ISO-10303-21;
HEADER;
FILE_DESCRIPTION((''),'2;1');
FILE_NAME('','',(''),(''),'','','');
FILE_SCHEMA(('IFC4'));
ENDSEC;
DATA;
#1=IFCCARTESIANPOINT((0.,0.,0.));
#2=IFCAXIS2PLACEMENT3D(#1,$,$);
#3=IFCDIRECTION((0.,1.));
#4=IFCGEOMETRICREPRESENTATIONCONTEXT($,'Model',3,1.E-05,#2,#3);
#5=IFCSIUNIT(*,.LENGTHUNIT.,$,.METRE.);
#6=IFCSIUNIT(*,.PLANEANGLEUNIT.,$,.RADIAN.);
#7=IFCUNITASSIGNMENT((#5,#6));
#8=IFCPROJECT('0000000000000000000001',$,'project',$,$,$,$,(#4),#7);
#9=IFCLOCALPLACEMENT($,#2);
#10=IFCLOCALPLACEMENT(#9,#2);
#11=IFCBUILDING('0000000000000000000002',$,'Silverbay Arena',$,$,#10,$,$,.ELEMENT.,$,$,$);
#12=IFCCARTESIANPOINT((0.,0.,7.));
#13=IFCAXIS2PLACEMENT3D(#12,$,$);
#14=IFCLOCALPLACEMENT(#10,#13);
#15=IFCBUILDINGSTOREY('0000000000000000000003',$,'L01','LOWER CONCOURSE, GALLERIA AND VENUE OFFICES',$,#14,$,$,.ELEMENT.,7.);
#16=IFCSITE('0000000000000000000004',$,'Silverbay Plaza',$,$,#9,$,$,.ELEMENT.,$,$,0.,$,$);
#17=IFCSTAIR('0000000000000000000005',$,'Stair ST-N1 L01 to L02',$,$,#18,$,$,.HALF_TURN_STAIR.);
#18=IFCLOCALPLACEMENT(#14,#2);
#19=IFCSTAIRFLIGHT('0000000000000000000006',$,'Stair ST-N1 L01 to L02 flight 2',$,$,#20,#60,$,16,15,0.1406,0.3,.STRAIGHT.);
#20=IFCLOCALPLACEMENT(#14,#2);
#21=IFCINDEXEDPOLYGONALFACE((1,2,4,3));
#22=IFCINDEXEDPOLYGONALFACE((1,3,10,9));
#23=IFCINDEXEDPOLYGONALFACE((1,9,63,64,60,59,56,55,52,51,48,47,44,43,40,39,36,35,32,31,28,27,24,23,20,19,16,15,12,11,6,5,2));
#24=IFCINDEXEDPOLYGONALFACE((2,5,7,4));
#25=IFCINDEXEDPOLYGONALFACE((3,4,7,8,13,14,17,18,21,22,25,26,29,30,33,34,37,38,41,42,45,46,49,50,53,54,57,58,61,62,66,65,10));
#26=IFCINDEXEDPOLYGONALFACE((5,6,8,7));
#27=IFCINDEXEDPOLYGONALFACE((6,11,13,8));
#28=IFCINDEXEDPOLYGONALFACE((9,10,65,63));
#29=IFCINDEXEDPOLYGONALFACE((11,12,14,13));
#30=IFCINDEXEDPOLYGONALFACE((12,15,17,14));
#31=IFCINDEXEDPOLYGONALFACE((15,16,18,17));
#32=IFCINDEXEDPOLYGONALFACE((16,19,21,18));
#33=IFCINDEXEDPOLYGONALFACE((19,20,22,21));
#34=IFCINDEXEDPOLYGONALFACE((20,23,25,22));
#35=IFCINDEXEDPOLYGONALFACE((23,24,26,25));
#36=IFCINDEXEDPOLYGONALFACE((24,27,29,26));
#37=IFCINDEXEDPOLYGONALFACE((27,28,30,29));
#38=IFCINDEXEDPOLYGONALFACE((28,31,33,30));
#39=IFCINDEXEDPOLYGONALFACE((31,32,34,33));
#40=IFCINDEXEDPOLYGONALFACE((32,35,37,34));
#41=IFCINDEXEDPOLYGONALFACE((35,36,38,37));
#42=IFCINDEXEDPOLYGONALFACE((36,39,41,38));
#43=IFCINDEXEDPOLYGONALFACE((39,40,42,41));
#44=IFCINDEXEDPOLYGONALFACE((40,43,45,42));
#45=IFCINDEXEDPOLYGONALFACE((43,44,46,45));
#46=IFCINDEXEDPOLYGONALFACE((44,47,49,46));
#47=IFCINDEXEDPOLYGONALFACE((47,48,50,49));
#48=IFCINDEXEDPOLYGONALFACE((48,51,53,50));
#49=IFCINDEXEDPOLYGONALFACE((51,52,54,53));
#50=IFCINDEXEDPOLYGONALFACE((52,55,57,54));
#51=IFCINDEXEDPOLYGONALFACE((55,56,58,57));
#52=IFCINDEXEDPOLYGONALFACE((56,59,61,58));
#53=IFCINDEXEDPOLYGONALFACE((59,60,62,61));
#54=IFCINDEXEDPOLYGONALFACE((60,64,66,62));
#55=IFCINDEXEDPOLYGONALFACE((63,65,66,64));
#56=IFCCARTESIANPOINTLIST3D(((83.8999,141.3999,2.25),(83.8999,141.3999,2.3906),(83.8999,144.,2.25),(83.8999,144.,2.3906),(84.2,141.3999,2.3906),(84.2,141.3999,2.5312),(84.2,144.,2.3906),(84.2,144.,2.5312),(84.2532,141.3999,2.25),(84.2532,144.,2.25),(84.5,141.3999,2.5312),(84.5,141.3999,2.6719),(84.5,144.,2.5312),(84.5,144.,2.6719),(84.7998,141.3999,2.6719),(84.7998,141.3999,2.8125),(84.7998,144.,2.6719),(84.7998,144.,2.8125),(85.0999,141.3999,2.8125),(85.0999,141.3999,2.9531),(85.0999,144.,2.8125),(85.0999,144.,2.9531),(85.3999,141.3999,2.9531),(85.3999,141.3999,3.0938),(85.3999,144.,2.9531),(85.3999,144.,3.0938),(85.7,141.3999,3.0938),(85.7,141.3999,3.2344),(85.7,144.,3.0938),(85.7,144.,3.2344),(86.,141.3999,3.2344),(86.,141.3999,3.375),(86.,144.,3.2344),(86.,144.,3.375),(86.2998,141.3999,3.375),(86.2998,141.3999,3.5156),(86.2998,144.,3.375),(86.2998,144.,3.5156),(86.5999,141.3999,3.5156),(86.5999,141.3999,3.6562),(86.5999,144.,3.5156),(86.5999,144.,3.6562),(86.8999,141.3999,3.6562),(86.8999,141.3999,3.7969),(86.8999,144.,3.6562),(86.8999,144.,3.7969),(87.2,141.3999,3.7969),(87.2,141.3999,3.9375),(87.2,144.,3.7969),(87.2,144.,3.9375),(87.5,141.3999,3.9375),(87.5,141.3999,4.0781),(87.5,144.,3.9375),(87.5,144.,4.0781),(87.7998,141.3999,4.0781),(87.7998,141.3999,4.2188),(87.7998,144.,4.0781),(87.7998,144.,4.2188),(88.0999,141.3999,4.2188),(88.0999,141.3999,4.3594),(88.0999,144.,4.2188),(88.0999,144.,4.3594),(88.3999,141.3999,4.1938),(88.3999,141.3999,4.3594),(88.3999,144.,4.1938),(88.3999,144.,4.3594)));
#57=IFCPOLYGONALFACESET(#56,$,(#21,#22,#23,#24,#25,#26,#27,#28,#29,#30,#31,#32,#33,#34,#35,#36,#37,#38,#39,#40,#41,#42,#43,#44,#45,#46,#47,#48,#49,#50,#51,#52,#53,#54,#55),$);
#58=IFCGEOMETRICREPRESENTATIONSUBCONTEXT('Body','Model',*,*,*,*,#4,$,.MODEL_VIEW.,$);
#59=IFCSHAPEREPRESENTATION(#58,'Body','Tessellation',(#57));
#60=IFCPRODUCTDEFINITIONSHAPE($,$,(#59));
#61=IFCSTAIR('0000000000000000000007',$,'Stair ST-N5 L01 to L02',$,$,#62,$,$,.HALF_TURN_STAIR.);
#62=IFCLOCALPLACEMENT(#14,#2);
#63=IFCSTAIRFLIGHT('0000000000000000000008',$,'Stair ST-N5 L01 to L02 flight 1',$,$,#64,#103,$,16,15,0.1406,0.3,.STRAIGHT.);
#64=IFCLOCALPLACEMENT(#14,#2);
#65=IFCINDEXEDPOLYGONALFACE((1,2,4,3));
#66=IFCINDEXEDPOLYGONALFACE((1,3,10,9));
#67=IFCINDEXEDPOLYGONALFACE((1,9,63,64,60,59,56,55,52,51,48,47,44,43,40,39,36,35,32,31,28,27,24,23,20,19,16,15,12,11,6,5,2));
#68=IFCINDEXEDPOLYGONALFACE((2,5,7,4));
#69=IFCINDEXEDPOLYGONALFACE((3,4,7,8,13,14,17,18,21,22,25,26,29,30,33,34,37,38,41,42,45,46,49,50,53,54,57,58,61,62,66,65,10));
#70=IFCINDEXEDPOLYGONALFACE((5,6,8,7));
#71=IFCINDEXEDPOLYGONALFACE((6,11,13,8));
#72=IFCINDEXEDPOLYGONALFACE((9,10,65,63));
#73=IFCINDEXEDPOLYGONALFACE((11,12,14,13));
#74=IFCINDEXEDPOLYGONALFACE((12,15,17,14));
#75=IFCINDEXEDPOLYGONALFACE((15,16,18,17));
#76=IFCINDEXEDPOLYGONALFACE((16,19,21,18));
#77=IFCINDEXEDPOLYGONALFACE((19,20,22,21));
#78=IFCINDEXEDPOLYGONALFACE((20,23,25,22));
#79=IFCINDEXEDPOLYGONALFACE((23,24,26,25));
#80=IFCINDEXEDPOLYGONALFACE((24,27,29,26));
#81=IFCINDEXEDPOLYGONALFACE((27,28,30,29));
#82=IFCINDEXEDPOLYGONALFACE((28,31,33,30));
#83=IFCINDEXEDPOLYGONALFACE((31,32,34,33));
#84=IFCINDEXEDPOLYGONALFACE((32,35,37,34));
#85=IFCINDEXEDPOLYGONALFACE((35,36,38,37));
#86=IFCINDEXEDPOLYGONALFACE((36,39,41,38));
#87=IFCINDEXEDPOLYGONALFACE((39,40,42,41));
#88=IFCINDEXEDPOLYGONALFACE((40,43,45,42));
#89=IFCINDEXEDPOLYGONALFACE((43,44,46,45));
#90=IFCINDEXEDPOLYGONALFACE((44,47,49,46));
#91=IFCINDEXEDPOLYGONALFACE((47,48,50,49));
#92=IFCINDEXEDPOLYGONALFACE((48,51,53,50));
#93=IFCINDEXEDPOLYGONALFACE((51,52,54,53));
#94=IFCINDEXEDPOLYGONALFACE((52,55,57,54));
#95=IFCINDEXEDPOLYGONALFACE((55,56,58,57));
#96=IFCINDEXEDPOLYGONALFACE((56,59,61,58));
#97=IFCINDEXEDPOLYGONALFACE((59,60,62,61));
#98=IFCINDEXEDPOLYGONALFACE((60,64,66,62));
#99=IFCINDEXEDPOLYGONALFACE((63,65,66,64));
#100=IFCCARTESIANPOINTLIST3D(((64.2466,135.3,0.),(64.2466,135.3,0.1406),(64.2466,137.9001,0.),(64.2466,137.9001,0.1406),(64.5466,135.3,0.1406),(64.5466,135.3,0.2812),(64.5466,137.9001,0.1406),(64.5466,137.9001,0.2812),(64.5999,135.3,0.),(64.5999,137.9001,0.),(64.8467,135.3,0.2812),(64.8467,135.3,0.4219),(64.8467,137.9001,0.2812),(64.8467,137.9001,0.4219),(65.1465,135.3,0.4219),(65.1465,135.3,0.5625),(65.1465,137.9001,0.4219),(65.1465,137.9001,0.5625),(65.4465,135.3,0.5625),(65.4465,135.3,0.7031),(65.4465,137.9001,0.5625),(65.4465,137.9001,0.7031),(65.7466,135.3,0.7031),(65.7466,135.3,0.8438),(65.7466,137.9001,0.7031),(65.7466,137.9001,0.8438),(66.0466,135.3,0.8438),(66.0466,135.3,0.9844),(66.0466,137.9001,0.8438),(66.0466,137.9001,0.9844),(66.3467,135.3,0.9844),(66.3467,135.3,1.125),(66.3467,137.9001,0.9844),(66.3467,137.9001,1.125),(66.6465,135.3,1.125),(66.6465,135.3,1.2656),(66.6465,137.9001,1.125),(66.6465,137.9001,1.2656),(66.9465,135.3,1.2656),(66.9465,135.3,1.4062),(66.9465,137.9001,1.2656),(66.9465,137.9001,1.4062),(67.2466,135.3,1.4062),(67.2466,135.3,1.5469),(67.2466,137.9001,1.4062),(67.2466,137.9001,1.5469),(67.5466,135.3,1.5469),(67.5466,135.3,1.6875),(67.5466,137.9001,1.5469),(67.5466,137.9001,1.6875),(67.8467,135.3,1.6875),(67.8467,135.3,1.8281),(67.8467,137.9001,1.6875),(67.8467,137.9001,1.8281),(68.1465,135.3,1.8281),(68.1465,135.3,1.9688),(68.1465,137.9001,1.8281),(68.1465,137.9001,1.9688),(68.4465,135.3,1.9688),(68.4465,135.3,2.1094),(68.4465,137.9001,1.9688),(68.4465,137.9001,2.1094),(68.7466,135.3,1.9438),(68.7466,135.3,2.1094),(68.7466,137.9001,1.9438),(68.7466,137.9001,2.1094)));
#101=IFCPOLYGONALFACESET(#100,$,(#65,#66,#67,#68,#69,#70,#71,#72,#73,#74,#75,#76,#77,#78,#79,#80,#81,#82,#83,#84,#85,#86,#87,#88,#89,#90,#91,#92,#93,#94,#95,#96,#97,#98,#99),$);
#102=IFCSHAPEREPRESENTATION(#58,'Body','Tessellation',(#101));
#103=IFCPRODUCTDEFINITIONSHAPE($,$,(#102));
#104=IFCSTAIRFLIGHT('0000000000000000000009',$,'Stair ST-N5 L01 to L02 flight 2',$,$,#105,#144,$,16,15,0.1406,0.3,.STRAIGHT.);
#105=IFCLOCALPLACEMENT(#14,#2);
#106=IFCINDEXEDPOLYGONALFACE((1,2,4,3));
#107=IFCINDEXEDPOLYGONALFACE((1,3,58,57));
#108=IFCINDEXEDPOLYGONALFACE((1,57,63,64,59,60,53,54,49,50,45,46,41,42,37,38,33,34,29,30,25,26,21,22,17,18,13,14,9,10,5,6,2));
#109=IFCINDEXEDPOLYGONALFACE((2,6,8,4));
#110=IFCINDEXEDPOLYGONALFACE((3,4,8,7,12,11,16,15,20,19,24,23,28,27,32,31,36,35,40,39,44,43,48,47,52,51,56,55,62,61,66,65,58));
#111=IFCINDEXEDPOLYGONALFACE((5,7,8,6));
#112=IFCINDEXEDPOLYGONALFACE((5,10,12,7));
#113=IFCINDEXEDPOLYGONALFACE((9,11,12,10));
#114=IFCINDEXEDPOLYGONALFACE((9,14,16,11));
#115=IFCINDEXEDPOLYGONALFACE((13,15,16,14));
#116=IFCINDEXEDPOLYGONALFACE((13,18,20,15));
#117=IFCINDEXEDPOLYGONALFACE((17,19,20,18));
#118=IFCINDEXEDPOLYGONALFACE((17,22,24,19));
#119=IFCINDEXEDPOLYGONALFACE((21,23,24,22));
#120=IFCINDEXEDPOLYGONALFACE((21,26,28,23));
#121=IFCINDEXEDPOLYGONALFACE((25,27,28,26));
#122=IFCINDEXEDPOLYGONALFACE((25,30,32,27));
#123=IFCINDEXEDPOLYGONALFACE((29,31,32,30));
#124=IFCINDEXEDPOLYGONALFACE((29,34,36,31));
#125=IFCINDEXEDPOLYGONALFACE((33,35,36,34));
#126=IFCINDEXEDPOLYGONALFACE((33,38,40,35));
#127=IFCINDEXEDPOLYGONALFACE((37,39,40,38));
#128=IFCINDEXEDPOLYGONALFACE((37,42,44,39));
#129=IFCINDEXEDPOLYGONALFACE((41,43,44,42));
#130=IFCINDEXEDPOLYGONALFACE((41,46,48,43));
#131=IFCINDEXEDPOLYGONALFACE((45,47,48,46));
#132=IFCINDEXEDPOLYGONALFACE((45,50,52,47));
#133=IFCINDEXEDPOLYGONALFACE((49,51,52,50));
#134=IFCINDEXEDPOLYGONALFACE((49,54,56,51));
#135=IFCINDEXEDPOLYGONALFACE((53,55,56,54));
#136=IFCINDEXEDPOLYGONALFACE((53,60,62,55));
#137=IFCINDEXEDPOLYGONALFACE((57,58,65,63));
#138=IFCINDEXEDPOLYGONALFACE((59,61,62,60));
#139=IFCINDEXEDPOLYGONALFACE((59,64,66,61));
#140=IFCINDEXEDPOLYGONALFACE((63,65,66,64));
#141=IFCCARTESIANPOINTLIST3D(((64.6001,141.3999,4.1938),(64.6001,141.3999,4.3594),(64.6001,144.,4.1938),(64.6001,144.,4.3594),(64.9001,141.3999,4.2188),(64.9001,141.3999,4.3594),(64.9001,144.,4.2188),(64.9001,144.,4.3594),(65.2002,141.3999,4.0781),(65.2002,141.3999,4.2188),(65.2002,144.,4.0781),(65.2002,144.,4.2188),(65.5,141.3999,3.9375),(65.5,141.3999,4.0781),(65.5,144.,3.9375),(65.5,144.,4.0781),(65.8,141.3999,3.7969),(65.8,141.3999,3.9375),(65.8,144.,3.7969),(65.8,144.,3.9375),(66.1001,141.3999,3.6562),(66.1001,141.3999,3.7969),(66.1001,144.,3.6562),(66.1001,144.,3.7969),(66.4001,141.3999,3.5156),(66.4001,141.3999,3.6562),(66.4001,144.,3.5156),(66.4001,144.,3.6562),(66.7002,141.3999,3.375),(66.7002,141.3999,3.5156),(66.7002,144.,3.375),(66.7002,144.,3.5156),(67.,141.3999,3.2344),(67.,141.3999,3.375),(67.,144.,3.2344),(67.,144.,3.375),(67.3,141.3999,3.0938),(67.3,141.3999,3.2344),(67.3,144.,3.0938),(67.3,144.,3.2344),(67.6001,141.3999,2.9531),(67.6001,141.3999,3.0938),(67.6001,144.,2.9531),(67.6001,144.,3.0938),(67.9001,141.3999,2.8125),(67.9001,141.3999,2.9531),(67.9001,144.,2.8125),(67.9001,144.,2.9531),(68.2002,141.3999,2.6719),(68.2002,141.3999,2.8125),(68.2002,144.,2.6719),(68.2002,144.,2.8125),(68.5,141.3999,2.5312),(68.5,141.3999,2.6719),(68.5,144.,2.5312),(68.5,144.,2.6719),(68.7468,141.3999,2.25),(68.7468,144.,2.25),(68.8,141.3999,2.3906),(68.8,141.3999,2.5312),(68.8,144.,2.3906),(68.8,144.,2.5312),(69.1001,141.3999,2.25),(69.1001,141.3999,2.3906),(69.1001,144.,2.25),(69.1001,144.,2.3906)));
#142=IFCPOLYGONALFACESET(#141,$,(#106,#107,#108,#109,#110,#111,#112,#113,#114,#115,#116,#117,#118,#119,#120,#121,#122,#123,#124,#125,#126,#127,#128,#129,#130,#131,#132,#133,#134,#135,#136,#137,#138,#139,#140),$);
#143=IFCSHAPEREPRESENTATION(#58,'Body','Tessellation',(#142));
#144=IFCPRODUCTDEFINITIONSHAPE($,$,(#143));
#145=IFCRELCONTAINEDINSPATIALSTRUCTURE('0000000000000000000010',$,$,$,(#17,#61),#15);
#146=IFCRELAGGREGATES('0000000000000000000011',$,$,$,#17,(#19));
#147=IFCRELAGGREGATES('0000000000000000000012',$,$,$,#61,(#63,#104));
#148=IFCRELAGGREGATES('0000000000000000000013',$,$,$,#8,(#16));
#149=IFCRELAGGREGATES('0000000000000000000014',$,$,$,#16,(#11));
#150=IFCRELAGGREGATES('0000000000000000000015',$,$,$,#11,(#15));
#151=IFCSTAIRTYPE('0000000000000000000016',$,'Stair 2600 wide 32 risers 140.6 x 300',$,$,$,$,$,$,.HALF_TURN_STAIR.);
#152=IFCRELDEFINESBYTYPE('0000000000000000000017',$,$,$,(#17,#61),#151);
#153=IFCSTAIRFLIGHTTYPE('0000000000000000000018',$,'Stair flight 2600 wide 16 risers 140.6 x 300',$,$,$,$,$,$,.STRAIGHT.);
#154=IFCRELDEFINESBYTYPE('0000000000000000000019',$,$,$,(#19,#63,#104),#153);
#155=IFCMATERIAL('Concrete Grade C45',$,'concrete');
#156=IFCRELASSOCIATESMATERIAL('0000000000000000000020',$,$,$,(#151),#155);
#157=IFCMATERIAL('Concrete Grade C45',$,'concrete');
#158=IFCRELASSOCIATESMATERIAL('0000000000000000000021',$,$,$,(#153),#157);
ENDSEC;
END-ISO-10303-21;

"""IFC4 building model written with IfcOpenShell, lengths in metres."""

from ifc_helpers import new_model, si_unit, direction, frame, origin, place, context, subcontext, project, spatial, polyline, outline, extrude, material, type_object, element, aggregate, save


model = new_model("IFC4")

# Units and contexts
model_context = context("Model", 3, precision=1e-05, world=origin(), true_north=direction((0.0, 1.0)))
body_context = subcontext(model_context, "Body", "Model", "MODEL_VIEW")
ifc_project = project(units=[si_unit("LENGTHUNIT", "METRE"), si_unit("PLANEANGLEUNIT", "RADIAN")], contexts=[model_context])

# Site, building, storey
site_placement = place(None, origin())
site = spatial("IfcSite", under=ifc_project, at=site_placement, Name="Silverbay Plaza", CompositionType="ELEMENT", RefElevation=0.0)
building_placement = place(site_placement, origin())
building = spatial("IfcBuilding", under=site, at=building_placement, Name="Silverbay Arena", CompositionType="ELEMENT")
storey_placement = place(building_placement, frame((0.0, 0.0, 7.0)))
storey = spatial("IfcBuildingStorey", under=building, at=storey_placement, Name="L01", Description="LOWER CONCOURSE, GALLERIA AND VENUE OFFICES", CompositionType="ELEMENT", Elevation=7.0)

# Stairs, stair flights
ifc_material_1 = material(Name="Concrete Grade C45", Category="concrete")
stair_type = type_object("IfcStairType", Name="Stair 2600 wide 32 risers 140.6 x 300", PredefinedType="HALF_TURN_STAIR", material=ifc_material_1)
stair_1_placement = place(storey_placement, origin())
stair_1 = element("IfcStair", 1, at=stair_1_placement, inside=storey, type_object=stair_type, Name="Stair ST-N1 L01 to L02", PredefinedType="HALF_TURN_STAIR")
ifc_material_2 = material(Name="Concrete Grade C45", Category="concrete")
stair_flight_type = type_object("IfcStairFlightType", Name="Stair flight 2600 wide 16 risers 140.6 x 300", PredefinedType="STRAIGHT", material=ifc_material_2)
stair_flight_1_placement = place(storey_placement, frame((83.8999, 142.7, 2.25), z_axis=(0.0, 0.0, 1.0), x_axis=(1.0, 0.0, 0.0)))
stair_flight_1 = element("IfcStairFlight", 2, at=stair_flight_1_placement, type_object=stair_flight_type, Name="Stair ST-N1 L01 to L02 flight 2", NumberOfRisers=16, NumberOfTreads=15, PredefinedType="STRAIGHT", RiserHeight=0.1406, TreadLength=0.3, context=body_context, shape_type="SweptSolid", body=[
    extrude(outline(polyline([(0.0, 0.0), (0.0, 0.1406), (0.3, 0.1406), (0.3, 0.2812), (0.6001, 0.2812), (0.6001, 0.4219), (0.8999, 0.4219), (0.8999, 0.5625), (1.2, 0.5625), (1.2, 0.7031), (1.5, 0.7031), (1.5, 0.8438), (1.8, 0.8438), (1.8, 0.9844), (2.1001, 0.9844), (2.1001, 1.125), (2.3999, 1.125), (2.3999, 1.2656), (2.7, 1.2656), (2.7, 1.4062), (3.0, 1.4062), (3.0, 1.5469), (3.3, 1.5469), (3.3, 1.6875), (3.6001, 1.6875), (3.6001, 1.8281), (3.8999, 1.8281), (3.8999, 1.9688), (4.2, 1.9688), (4.2, 2.1094), (4.5, 2.1094), (4.5, 1.9438), (0.3533, 0.0), (0.0, 0.0)])), frame((0.0, 1.3, 0.0), z_axis=(0.0, -1.0, 0.0), x_axis=(1.0, 0.0, 0.0)), (0.0, 0.0, 1.0), 2.6001),
])
aggregate(stair_1, [stair_flight_1])
stair_2_placement = place(storey_placement, origin())
stair_2 = element("IfcStair", 3, at=stair_2_placement, inside=storey, type_object=stair_type, Name="Stair ST-N5 L01 to L02", PredefinedType="HALF_TURN_STAIR")
stair_flight_2_placement = place(storey_placement, frame((64.2466, 136.6001, 0.0), z_axis=(0.0, 0.0, 1.0), x_axis=(1.0, 0.0, 0.0)))
stair_flight_2 = element("IfcStairFlight", 4, at=stair_flight_2_placement, type_object=stair_flight_type, Name="Stair ST-N5 L01 to L02 flight 1", NumberOfRisers=16, NumberOfTreads=15, PredefinedType="STRAIGHT", RiserHeight=0.1406, TreadLength=0.3, context=body_context, shape_type="SweptSolid", body=[
    extrude(outline(polyline([(0.0, 0.0), (0.0, 0.1406), (0.3, 0.1406), (0.3, 0.2812), (0.6001, 0.2812), (0.6001, 0.4219), (0.8999, 0.4219), (0.8999, 0.5625), (1.2, 0.5625), (1.2, 0.7031), (1.5, 0.7031), (1.5, 0.8438), (1.8, 0.8438), (1.8, 0.9844), (2.1001, 0.9844), (2.1001, 1.125), (2.3999, 1.125), (2.3999, 1.2656), (2.7, 1.2656), (2.7, 1.4062), (3.0, 1.4062), (3.0, 1.5469), (3.3, 1.5469), (3.3, 1.6875), (3.6001, 1.6875), (3.6001, 1.8281), (3.8999, 1.8281), (3.8999, 1.9688), (4.2, 1.9688), (4.2, 2.1094), (4.5, 2.1094), (4.5, 1.9438), (0.3533, 0.0), (0.0, 0.0)])), frame((0.0, 1.3, 0.0), z_axis=(0.0, -1.0, 0.0), x_axis=(1.0, 0.0, 0.0)), (0.0, 0.0, 1.0), 2.6001),
])
stair_flight_3_placement = place(storey_placement, frame((69.1001, 142.7, 2.25), z_axis=(0.0, 0.0, 1.0), x_axis=(-1.0, 0.0, 0.0)))
stair_flight_3 = element("IfcStairFlight", 5, at=stair_flight_3_placement, type_object=stair_flight_type, Name="Stair ST-N5 L01 to L02 flight 2", NumberOfRisers=16, NumberOfTreads=15, PredefinedType="STRAIGHT", RiserHeight=0.1406, TreadLength=0.3, context=body_context, shape_type="SweptSolid", body=[
    extrude(outline(polyline([(0.0, 0.0), (0.0, 0.1406), (0.3, 0.1406), (0.3, 0.2812), (0.6001, 0.2812), (0.6001, 0.4219), (0.8999, 0.4219), (0.8999, 0.5625), (1.2, 0.5625), (1.2, 0.7031), (1.5, 0.7031), (1.5, 0.8438), (1.8, 0.8438), (1.8, 0.9844), (2.1001, 0.9844), (2.1001, 1.125), (2.3999, 1.125), (2.3999, 1.2656), (2.7, 1.2656), (2.7, 1.4062), (3.0, 1.4062), (3.0, 1.5469), (3.3, 1.5469), (3.3, 1.6875), (3.6001, 1.6875), (3.6001, 1.8281), (3.8999, 1.8281), (3.8999, 1.9688), (4.2, 1.9688), (4.2, 2.1094), (4.5, 2.1094), (4.5, 1.9438), (0.3533, 0.0), (0.0, 0.0)])), frame((0.0, 1.3, 0.0), z_axis=(0.0, -1.0, 0.0), x_axis=(1.0, 0.0, 0.0)), (0.0, 0.0, 1.0), 2.6001),
])
aggregate(stair_2, [stair_flight_2, stair_flight_3])

save(model, "model.ifc")
